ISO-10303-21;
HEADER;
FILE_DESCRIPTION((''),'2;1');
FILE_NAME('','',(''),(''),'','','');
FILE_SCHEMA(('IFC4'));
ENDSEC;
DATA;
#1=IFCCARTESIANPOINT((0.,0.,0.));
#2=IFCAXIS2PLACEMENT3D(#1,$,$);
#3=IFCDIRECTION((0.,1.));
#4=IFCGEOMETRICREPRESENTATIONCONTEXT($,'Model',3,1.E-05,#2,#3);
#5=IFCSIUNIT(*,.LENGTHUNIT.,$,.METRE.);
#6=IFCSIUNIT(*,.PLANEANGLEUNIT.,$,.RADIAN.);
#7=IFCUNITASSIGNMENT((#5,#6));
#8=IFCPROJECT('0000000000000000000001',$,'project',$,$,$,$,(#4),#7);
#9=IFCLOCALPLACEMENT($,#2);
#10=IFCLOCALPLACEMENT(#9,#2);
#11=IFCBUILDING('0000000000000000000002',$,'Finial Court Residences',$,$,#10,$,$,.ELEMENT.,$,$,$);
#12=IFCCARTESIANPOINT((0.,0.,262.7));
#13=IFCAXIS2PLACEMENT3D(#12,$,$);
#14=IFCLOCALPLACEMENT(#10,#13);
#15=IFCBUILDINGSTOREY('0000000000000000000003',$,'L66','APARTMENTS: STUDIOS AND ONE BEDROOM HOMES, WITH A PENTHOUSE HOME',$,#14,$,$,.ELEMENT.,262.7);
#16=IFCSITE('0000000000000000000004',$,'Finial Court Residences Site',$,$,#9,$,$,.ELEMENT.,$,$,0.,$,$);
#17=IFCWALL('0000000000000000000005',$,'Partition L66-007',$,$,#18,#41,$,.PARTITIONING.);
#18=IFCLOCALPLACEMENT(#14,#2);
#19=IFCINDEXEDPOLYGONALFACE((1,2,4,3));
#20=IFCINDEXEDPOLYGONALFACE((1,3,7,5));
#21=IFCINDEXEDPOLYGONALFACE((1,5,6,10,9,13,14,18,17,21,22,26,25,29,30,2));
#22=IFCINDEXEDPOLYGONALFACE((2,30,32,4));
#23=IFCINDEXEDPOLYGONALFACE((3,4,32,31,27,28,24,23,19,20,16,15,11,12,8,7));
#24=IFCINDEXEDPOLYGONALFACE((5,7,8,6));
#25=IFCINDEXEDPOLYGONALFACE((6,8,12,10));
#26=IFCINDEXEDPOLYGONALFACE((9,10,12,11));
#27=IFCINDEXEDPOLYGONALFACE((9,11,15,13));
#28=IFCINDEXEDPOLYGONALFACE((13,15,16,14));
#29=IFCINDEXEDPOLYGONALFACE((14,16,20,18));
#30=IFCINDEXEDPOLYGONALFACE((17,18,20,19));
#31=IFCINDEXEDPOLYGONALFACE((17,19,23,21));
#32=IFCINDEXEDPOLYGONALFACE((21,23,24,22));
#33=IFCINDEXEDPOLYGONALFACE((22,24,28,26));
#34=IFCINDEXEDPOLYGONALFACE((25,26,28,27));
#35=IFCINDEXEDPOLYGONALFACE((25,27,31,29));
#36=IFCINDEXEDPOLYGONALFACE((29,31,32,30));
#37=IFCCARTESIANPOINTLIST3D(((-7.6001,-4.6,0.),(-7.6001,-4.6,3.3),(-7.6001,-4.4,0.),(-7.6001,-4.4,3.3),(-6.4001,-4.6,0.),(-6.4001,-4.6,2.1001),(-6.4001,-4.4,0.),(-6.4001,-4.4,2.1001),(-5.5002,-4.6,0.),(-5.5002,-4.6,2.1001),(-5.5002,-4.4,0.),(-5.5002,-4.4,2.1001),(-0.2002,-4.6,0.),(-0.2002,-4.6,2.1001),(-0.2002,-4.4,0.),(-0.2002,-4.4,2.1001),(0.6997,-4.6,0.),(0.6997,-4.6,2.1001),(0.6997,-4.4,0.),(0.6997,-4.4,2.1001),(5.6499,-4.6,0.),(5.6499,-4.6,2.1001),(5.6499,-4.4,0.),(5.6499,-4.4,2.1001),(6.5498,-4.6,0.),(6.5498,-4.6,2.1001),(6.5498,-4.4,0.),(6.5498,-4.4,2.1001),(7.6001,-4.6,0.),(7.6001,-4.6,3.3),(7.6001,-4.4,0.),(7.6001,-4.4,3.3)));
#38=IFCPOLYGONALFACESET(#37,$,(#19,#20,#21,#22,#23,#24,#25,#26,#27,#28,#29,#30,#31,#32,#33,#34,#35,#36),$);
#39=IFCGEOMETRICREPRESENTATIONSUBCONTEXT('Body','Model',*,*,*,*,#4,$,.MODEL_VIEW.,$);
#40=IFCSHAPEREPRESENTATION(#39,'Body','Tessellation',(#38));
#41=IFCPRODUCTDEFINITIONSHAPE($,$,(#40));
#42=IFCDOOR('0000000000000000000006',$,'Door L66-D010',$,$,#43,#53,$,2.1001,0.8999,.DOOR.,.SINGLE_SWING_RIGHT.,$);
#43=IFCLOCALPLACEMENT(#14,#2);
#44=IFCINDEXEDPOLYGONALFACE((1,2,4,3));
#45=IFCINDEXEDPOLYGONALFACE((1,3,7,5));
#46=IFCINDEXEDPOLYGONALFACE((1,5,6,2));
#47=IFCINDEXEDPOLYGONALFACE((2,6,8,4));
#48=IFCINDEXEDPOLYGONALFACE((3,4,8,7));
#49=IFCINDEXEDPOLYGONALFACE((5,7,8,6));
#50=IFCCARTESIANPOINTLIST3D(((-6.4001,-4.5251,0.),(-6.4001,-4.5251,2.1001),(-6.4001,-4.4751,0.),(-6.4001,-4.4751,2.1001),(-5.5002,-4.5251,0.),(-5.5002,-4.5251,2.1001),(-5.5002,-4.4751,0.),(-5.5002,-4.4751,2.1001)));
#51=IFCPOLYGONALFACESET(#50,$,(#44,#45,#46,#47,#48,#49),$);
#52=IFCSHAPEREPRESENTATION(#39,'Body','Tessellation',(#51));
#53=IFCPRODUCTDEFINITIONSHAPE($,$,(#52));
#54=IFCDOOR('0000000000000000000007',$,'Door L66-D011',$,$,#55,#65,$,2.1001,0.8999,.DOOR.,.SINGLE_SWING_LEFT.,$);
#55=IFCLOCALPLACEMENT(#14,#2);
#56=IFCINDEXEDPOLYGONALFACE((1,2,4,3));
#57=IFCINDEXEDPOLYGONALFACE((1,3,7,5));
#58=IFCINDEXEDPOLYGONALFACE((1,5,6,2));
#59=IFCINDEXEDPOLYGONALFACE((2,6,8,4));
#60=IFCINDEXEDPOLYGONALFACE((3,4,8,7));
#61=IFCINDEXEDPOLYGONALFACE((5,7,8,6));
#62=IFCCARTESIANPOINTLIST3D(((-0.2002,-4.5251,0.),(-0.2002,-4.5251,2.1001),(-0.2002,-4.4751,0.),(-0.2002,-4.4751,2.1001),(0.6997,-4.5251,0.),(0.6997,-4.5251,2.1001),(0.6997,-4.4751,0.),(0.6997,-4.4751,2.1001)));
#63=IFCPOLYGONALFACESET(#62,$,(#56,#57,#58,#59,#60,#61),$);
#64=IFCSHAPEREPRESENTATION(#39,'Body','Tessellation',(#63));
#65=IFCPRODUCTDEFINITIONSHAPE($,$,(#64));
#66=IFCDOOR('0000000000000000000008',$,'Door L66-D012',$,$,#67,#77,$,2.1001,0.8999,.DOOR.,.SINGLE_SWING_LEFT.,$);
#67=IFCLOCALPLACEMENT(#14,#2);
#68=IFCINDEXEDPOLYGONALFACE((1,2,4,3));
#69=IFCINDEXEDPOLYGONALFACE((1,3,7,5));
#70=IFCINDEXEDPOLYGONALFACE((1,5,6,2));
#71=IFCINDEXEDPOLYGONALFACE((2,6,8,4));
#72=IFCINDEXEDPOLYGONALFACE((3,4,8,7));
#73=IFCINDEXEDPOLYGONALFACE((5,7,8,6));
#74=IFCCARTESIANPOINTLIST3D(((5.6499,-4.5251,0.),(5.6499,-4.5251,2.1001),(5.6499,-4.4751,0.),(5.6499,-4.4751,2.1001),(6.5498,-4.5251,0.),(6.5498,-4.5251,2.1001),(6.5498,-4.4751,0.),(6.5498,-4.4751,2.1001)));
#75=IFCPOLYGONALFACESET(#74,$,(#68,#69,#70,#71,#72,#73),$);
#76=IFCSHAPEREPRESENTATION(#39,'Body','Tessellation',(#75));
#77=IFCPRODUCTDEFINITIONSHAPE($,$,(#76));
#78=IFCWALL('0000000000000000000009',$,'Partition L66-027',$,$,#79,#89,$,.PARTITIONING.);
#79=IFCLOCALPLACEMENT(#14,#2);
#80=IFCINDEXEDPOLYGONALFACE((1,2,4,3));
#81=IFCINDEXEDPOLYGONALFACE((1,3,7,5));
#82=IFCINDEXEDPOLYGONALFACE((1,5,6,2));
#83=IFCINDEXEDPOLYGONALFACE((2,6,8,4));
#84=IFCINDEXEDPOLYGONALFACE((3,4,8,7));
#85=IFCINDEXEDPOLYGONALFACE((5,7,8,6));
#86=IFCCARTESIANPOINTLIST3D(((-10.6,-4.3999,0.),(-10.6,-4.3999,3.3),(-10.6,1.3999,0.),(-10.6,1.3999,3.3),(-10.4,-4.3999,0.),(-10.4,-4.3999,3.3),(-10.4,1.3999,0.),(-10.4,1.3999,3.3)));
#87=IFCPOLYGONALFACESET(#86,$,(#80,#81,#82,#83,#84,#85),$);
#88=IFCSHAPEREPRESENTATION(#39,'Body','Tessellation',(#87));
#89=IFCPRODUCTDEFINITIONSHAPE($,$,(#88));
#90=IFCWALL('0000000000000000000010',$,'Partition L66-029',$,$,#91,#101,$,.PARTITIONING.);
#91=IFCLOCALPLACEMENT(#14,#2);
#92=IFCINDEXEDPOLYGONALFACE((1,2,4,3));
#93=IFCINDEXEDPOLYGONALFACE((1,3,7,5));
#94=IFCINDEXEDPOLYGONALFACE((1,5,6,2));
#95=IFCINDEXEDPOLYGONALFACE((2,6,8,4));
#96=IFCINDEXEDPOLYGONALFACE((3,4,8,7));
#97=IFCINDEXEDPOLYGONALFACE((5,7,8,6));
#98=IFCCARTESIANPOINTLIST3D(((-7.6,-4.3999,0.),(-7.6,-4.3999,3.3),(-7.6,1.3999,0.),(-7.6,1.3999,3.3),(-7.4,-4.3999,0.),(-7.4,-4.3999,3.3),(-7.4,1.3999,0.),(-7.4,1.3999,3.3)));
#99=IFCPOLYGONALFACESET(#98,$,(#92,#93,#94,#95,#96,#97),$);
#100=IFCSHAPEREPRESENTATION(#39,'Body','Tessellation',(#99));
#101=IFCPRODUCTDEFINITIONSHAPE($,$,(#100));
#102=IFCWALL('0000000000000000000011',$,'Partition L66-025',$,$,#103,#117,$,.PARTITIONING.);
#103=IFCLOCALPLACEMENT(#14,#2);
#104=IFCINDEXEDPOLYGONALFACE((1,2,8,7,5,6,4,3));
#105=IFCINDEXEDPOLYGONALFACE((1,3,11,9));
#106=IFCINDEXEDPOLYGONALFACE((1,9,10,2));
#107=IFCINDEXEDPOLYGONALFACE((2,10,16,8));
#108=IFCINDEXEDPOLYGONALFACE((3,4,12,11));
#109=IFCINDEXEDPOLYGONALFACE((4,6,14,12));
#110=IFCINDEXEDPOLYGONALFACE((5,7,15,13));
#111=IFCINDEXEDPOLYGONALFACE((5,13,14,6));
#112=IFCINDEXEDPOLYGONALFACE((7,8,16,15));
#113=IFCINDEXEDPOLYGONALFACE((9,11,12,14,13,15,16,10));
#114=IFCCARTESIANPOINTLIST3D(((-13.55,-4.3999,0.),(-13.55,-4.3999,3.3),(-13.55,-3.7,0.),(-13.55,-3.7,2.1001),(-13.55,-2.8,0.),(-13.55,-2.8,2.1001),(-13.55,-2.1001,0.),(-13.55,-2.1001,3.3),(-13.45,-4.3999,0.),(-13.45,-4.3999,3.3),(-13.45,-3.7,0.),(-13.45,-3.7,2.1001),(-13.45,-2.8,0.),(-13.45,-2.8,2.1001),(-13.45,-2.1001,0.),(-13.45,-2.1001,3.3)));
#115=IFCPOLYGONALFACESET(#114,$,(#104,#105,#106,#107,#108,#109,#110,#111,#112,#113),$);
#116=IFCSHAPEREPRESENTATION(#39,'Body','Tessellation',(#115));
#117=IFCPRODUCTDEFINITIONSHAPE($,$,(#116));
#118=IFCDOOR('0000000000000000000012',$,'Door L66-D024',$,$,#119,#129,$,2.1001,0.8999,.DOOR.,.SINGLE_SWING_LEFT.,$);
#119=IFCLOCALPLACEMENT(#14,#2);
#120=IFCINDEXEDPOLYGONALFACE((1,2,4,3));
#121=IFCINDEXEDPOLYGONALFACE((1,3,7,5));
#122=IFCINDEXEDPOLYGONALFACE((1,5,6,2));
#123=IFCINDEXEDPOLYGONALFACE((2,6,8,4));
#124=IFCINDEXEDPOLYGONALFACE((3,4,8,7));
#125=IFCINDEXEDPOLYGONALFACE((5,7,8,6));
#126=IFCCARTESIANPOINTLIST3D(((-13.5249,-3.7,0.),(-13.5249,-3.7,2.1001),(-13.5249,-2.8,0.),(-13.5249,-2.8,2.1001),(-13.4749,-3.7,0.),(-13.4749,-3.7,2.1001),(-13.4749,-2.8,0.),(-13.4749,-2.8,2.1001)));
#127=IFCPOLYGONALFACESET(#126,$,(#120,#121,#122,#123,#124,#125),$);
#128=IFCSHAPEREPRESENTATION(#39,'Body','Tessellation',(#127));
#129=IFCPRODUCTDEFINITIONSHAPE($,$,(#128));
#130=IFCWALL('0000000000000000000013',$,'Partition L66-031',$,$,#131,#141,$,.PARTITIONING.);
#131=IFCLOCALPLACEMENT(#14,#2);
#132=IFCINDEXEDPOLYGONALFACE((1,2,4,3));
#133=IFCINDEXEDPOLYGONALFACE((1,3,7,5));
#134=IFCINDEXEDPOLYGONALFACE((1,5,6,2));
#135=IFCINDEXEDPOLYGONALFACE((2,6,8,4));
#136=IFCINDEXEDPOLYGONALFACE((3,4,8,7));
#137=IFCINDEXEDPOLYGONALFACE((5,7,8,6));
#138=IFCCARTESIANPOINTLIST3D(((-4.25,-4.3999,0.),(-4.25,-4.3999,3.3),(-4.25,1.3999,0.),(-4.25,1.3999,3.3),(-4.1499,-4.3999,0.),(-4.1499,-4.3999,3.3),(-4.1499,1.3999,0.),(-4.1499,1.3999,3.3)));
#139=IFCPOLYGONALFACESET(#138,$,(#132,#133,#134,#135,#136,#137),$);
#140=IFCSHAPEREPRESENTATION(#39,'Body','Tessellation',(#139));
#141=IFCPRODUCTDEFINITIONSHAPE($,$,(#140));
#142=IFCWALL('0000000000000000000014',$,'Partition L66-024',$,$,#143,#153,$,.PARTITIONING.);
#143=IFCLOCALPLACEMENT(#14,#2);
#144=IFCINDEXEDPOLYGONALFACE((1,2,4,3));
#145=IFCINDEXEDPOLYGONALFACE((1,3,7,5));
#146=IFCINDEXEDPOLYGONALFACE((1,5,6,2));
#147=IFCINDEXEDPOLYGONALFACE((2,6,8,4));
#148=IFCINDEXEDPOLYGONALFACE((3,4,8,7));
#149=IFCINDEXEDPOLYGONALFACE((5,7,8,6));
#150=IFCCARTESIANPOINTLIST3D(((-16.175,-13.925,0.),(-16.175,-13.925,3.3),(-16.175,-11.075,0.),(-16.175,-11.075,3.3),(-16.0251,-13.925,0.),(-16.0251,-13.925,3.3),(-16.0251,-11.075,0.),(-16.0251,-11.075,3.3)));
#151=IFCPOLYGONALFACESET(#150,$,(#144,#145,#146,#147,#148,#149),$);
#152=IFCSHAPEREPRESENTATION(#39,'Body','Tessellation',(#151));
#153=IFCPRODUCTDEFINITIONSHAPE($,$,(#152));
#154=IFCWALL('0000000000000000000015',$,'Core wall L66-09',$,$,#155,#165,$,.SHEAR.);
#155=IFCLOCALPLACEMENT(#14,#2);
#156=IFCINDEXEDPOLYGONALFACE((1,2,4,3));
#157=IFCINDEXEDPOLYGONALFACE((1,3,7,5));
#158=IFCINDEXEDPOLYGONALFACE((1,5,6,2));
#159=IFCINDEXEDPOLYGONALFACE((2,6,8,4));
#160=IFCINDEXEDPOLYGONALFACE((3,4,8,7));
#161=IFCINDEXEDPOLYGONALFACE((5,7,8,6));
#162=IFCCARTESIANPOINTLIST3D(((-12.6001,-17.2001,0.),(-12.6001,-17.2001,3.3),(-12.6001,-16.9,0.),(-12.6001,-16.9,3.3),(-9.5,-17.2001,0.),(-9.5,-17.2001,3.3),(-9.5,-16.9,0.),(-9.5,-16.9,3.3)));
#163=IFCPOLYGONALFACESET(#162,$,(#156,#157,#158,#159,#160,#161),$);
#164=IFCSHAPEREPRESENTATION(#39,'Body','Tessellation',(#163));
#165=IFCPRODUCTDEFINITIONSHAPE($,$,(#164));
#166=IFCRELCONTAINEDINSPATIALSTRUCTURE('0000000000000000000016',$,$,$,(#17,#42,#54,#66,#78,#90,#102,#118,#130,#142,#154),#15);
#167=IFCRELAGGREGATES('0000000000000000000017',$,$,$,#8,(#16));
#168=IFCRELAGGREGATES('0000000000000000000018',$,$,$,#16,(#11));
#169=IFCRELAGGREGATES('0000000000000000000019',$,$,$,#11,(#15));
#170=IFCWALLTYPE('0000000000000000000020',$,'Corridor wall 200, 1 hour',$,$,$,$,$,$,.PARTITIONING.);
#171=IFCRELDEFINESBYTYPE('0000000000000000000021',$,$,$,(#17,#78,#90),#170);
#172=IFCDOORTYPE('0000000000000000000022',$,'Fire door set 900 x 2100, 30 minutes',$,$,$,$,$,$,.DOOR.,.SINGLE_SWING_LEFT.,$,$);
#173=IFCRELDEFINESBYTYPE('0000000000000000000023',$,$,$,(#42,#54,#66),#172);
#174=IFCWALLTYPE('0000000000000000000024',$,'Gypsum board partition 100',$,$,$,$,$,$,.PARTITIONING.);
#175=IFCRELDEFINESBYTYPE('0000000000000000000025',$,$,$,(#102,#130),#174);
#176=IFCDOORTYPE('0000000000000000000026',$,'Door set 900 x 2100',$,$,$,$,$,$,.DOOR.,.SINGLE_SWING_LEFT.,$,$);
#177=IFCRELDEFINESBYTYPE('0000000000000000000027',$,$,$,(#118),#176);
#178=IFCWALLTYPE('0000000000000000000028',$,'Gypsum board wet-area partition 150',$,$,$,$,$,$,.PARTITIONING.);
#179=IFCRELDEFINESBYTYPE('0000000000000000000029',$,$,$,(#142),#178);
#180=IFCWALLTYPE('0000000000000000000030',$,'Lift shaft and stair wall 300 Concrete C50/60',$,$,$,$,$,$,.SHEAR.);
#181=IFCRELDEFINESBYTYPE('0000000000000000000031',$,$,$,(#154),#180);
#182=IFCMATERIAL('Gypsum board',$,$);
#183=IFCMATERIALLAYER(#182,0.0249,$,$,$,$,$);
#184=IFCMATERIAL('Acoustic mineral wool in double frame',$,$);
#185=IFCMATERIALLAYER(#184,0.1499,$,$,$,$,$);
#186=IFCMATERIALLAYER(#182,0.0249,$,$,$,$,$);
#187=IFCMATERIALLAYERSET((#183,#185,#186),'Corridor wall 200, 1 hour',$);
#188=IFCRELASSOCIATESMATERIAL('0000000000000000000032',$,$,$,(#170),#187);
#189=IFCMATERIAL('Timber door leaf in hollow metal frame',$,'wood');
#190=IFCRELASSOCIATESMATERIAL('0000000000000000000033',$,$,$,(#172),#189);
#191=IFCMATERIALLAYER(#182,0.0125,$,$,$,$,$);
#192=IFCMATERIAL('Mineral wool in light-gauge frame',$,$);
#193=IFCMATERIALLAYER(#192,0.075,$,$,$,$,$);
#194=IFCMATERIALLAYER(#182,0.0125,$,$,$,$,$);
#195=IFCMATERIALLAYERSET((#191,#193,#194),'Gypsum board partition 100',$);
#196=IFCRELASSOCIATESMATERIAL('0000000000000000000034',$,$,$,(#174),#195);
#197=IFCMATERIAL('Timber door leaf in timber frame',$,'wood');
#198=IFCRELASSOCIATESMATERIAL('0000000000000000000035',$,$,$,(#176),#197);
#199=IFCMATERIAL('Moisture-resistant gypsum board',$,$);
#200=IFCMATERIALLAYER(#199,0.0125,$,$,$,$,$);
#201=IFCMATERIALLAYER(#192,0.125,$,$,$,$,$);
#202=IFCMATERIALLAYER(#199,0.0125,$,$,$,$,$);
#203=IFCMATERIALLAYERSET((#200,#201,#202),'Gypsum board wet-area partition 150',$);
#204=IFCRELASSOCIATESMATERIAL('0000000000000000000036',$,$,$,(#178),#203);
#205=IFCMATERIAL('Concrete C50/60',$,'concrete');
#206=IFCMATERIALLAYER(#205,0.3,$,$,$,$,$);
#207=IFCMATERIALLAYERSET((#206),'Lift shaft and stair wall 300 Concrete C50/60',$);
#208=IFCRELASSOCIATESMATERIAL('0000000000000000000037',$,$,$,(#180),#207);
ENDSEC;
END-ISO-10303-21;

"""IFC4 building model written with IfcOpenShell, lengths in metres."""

from ifc_helpers import new_model, si_unit, direction, frame, frame_2d, origin, place, context, subcontext, project, spatial, rectangle, extrude, material, layer, layer_set, type_object, element, fill, save


model = new_model("IFC4")

# Units and contexts
model_context = context("Model", 3, precision=1e-05, world=origin(), true_north=direction((0.0, 1.0)))
body_context = subcontext(model_context, "Body", "Model", "MODEL_VIEW")
ifc_project = project(units=[si_unit("LENGTHUNIT", "METRE"), si_unit("PLANEANGLEUNIT", "RADIAN")], contexts=[model_context])

# Site, building, storey
site_placement = place(None, origin())
site = spatial("IfcSite", under=ifc_project, at=site_placement, Name="Finial Court Residences Site", CompositionType="ELEMENT", RefElevation=0.0)
building_placement = place(site_placement, origin())
building = spatial("IfcBuilding", under=site, at=building_placement, Name="Finial Court Residences", CompositionType="ELEMENT")
storey_placement = place(building_placement, frame((0.0, 0.0, 262.7)))
storey = spatial("IfcBuildingStorey", under=building, at=storey_placement, Name="L66", Description="APARTMENTS: STUDIOS AND ONE BEDROOM HOMES, WITH A PENTHOUSE HOME", CompositionType="ELEMENT", Elevation=262.7)

# Shared definitions
ifc_material_1 = material(Name="Concrete C50/60", Category="concrete")

# Wall, openings, doors
ifc_material_2 = material(Name="Gypsum board")
ifc_layer_1 = layer(ifc_material_2, 0.0249)
ifc_material_3 = material(Name="Acoustic mineral wool in double frame")
ifc_layer_2 = layer(ifc_material_3, 0.1499)
ifc_layer_3 = layer(ifc_material_2, 0.0249)
ifc_layer_set_1 = layer_set([ifc_layer_1, ifc_layer_2, ifc_layer_3], Name="Corridor wall 200, 1 hour")
wall_type_1 = type_object("IfcWallType", Name="Corridor wall 200, 1 hour", PredefinedType="PARTITIONING", material=ifc_layer_set_1)
wall_1_placement = place(storey_placement, frame((-7.6001, -4.5, 0.0), z_axis=(0.0, 0.0, 1.0), x_axis=(1.0, 0.0, 0.0)))
wall_1 = element("IfcWall", 1, at=wall_1_placement, inside=storey, type_object=wall_type_1, Name="Partition L66-007", PredefinedType="PARTITIONING", context=body_context, shape_type="SweptSolid", body=[
    extrude(rectangle(XDim=15.2002, YDim=0.2, at=frame_2d((7.6001, 0.0))), origin(), (0.0, 0.0, 1.0), 3.3),
])
opening_1_placement = place(wall_1_placement, frame((1.2, 0.0, 0.0)))
opening_1 = element("IfcOpeningElement", 2, at=opening_1_placement, cuts=wall_1, PredefinedType="OPENING", context=body_context, shape_type="SweptSolid", body=[
    extrude(rectangle(XDim=0.8999, YDim=2.1001, at=frame_2d((0.45, 1.05))), frame((0.0, 0.1099, 0.0), z_axis=(0.0, -1.0, 0.0), x_axis=(1.0, 0.0, 0.0)), (0.0, 0.0, 1.0), 0.22),
])
opening_2_placement = place(wall_1_placement, frame((7.3999, 0.0, 0.0)))
opening_2 = element("IfcOpeningElement", 3, at=opening_2_placement, cuts=wall_1, PredefinedType="OPENING", context=body_context, shape_type="SweptSolid", body=[
    extrude(rectangle(XDim=0.8999, YDim=2.1001, at=frame_2d((0.45, 1.05))), frame((0.0, 0.1099, 0.0), z_axis=(0.0, -1.0, 0.0), x_axis=(1.0, 0.0, 0.0)), (0.0, 0.0, 1.0), 0.22),
])
opening_3_placement = place(wall_1_placement, frame((13.25, 0.0, 0.0)))
opening_3 = element("IfcOpeningElement", 4, at=opening_3_placement, cuts=wall_1, PredefinedType="OPENING", context=body_context, shape_type="SweptSolid", body=[
    extrude(rectangle(XDim=0.8999, YDim=2.1001, at=frame_2d((0.45, 1.05))), frame((0.0, 0.1099, 0.0), z_axis=(0.0, -1.0, 0.0), x_axis=(1.0, 0.0, 0.0)), (0.0, 0.0, 1.0), 0.22),
])
ifc_material_4 = material(Name="Timber door leaf in hollow metal frame", Category="wood")
door_type_1 = type_object("IfcDoorType", Name="Fire door set 900 x 2100, 30 minutes", OperationType="SINGLE_SWING_LEFT", PredefinedType="DOOR", material=ifc_material_4)
door_1_placement = place(opening_1_placement, origin())
door_1 = element("IfcDoor", 5, at=door_1_placement, inside=storey, type_object=door_type_1, Name="Door L66-D010", OperationType="SINGLE_SWING_RIGHT", OverallHeight=2.1001, OverallWidth=0.8999, PredefinedType="DOOR", context=body_context, shape_type="SweptSolid", body=[
    extrude(rectangle(XDim=0.8999, YDim=2.1001, at=frame_2d((0.45, 1.05))), frame((0.0, 0.0249, 0.0), z_axis=(0.0, -1.0, 0.0), x_axis=(1.0, 0.0, 0.0)), (0.0, 0.0, 1.0), 0.05),
])
fill(opening_1, door_1)
door_2_placement = place(opening_2_placement, origin())
door_2 = element("IfcDoor", 6, at=door_2_placement, inside=storey, type_object=door_type_1, Name="Door L66-D011", OperationType="SINGLE_SWING_LEFT", OverallHeight=2.1001, OverallWidth=0.8999, PredefinedType="DOOR", context=body_context, shape_type="SweptSolid", body=[
    extrude(rectangle(XDim=0.8999, YDim=2.1001, at=frame_2d((0.45, 1.05))), frame((0.0, 0.0249, 0.0), z_axis=(0.0, -1.0, 0.0), x_axis=(1.0, 0.0, 0.0)), (0.0, 0.0, 1.0), 0.05),
])
fill(opening_2, door_2)
door_3_placement = place(opening_3_placement, origin())
door_3 = element("IfcDoor", 7, at=door_3_placement, inside=storey, type_object=door_type_1, Name="Door L66-D012", OperationType="SINGLE_SWING_LEFT", OverallHeight=2.1001, OverallWidth=0.8999, PredefinedType="DOOR", context=body_context, shape_type="SweptSolid", body=[
    extrude(rectangle(XDim=0.8999, YDim=2.1001, at=frame_2d((0.45, 1.05))), frame((0.0, 0.0249, 0.0), z_axis=(0.0, -1.0, 0.0), x_axis=(1.0, 0.0, 0.0)), (0.0, 0.0, 1.0), 0.05),
])
fill(opening_3, door_3)

# Walls
for number, where, z_axis, x_axis, name in (
    (8, (-10.5, -4.3999, 0.0), (0.0, 0.0, 1.0), (0.0, 1.0, 0.0), "Partition L66-027"),
    (9, (-7.5, -4.3999, 0.0), (0.0, 0.0, 1.0), (0.0, 1.0, 0.0), "Partition L66-029"),
):
    element("IfcWall", number, at=place(storey_placement, frame(where, z_axis=z_axis, x_axis=x_axis)), inside=storey, type_object=wall_type_1, Name=name, PredefinedType="PARTITIONING", context=body_context, shape_type="SweptSolid", body=[
        extrude(rectangle(XDim=5.7998, YDim=0.2, at=frame_2d((2.8999, 0.0))), origin(), (0.0, 0.0, 1.0), 3.3),
    ])

# Wall, opening, door
ifc_layer_4 = layer(ifc_material_2, 0.0125)
ifc_material_5 = material(Name="Mineral wool in light-gauge frame")
ifc_layer_5 = layer(ifc_material_5, 0.075)
ifc_layer_6 = layer(ifc_material_2, 0.0125)
ifc_layer_set_2 = layer_set([ifc_layer_4, ifc_layer_5, ifc_layer_6], Name="Gypsum board partition 100")
wall_type_2 = type_object("IfcWallType", Name="Gypsum board partition 100", PredefinedType="PARTITIONING", material=ifc_layer_set_2)
wall_2_placement = place(storey_placement, frame((-13.5, -4.3999, 0.0), z_axis=(0.0, 0.0, 1.0), x_axis=(0.0, 1.0, 0.0)))
wall_2 = element("IfcWall", 10, at=wall_2_placement, inside=storey, type_object=wall_type_2, Name="Partition L66-025", PredefinedType="PARTITIONING", context=body_context, shape_type="SweptSolid", body=[
    extrude(rectangle(XDim=2.2998, YDim=0.1001, at=frame_2d((1.1499, 0.0))), origin(), (0.0, 0.0, 1.0), 3.3),
])
opening_4_placement = place(wall_2_placement, frame((0.7, 0.0, 0.0)))
opening_4 = element("IfcOpeningElement", 11, at=opening_4_placement, cuts=wall_2, PredefinedType="OPENING", context=body_context, shape_type="SweptSolid", body=[
    extrude(rectangle(XDim=0.8999, YDim=2.1001, at=frame_2d((0.45, 1.05))), frame((0.0, 0.0601, 0.0), z_axis=(0.0, -1.0, 0.0), x_axis=(1.0, 0.0, 0.0)), (0.0, 0.0, 1.0), 0.1201),
])
ifc_material_6 = material(Name="Timber door leaf in timber frame", Category="wood")
door_type_2 = type_object("IfcDoorType", Name="Door set 900 x 2100", OperationType="SINGLE_SWING_LEFT", PredefinedType="DOOR", material=ifc_material_6)
door_4_placement = place(opening_4_placement, origin())
door_4 = element("IfcDoor", 12, at=door_4_placement, inside=storey, type_object=door_type_2, Name="Door L66-D024", OperationType="SINGLE_SWING_LEFT", OverallHeight=2.1001, OverallWidth=0.8999, PredefinedType="DOOR", context=body_context, shape_type="SweptSolid", body=[
    extrude(rectangle(XDim=0.8999, YDim=2.1001, at=frame_2d((0.45, 1.05))), frame((0.0, 0.0249, 0.0), z_axis=(0.0, -1.0, 0.0), x_axis=(1.0, 0.0, 0.0)), (0.0, 0.0, 1.0), 0.05),
])
fill(opening_4, door_4)

# Walls
wall_3_placement = place(storey_placement, frame((-4.2, -4.3999, 0.0), z_axis=(0.0, 0.0, 1.0), x_axis=(0.0, 1.0, 0.0)))
element("IfcWall", 13, at=wall_3_placement, inside=storey, type_object=wall_type_2, Name="Partition L66-031", PredefinedType="PARTITIONING", context=body_context, shape_type="SweptSolid", body=[
    extrude(rectangle(XDim=5.7998, YDim=0.1001, at=frame_2d((2.8999, 0.0))), origin(), (0.0, 0.0, 1.0), 3.3),
])
ifc_material_7 = material(Name="Moisture-resistant gypsum board")
ifc_layer_7 = layer(ifc_material_7, 0.0125)
ifc_layer_8 = layer(ifc_material_5, 0.125)
ifc_layer_9 = layer(ifc_material_7, 0.0125)
ifc_layer_set_3 = layer_set([ifc_layer_7, ifc_layer_8, ifc_layer_9], Name="Gypsum board wet-area partition 150")
wall_type_3 = type_object("IfcWallType", Name="Gypsum board wet-area partition 150", PredefinedType="PARTITIONING", material=ifc_layer_set_3)
wall_4_placement = place(storey_placement, frame((-16.1001, -13.925, 0.0), z_axis=(0.0, 0.0, 1.0), x_axis=(0.0, 1.0, 0.0)))
element("IfcWall", 14, at=wall_4_placement, inside=storey, type_object=wall_type_3, Name="Partition L66-024", PredefinedType="PARTITIONING", context=body_context, shape_type="SweptSolid", body=[
    extrude(rectangle(XDim=2.8501, YDim=0.1499, at=frame_2d((1.425, 0.0))), origin(), (0.0, 0.0, 1.0), 3.3),
])
ifc_layer_10 = layer(ifc_material_1, 0.3)
ifc_layer_set_4 = layer_set([ifc_layer_10], Name="Lift shaft and stair wall 300 Concrete C50/60")
wall_type_4 = type_object("IfcWallType", Name="Lift shaft and stair wall 300 Concrete C50/60", PredefinedType="SHEAR", material=ifc_layer_set_4)
wall_5_placement = place(storey_placement, frame((-12.6001, -17.05, 0.0), z_axis=(0.0, 0.0, 1.0), x_axis=(1.0, 0.0, 0.0)))
element("IfcWall", 15, at=wall_5_placement, inside=storey, type_object=wall_type_4, Name="Core wall L66-09", PredefinedType="SHEAR", context=body_context, shape_type="SweptSolid", body=[
    extrude(rectangle(XDim=3.1001, YDim=0.3, at=frame_2d((1.55, 0.0))), origin(), (0.0, 0.0, 1.0), 3.3),
])

save(model, "model.ifc")
